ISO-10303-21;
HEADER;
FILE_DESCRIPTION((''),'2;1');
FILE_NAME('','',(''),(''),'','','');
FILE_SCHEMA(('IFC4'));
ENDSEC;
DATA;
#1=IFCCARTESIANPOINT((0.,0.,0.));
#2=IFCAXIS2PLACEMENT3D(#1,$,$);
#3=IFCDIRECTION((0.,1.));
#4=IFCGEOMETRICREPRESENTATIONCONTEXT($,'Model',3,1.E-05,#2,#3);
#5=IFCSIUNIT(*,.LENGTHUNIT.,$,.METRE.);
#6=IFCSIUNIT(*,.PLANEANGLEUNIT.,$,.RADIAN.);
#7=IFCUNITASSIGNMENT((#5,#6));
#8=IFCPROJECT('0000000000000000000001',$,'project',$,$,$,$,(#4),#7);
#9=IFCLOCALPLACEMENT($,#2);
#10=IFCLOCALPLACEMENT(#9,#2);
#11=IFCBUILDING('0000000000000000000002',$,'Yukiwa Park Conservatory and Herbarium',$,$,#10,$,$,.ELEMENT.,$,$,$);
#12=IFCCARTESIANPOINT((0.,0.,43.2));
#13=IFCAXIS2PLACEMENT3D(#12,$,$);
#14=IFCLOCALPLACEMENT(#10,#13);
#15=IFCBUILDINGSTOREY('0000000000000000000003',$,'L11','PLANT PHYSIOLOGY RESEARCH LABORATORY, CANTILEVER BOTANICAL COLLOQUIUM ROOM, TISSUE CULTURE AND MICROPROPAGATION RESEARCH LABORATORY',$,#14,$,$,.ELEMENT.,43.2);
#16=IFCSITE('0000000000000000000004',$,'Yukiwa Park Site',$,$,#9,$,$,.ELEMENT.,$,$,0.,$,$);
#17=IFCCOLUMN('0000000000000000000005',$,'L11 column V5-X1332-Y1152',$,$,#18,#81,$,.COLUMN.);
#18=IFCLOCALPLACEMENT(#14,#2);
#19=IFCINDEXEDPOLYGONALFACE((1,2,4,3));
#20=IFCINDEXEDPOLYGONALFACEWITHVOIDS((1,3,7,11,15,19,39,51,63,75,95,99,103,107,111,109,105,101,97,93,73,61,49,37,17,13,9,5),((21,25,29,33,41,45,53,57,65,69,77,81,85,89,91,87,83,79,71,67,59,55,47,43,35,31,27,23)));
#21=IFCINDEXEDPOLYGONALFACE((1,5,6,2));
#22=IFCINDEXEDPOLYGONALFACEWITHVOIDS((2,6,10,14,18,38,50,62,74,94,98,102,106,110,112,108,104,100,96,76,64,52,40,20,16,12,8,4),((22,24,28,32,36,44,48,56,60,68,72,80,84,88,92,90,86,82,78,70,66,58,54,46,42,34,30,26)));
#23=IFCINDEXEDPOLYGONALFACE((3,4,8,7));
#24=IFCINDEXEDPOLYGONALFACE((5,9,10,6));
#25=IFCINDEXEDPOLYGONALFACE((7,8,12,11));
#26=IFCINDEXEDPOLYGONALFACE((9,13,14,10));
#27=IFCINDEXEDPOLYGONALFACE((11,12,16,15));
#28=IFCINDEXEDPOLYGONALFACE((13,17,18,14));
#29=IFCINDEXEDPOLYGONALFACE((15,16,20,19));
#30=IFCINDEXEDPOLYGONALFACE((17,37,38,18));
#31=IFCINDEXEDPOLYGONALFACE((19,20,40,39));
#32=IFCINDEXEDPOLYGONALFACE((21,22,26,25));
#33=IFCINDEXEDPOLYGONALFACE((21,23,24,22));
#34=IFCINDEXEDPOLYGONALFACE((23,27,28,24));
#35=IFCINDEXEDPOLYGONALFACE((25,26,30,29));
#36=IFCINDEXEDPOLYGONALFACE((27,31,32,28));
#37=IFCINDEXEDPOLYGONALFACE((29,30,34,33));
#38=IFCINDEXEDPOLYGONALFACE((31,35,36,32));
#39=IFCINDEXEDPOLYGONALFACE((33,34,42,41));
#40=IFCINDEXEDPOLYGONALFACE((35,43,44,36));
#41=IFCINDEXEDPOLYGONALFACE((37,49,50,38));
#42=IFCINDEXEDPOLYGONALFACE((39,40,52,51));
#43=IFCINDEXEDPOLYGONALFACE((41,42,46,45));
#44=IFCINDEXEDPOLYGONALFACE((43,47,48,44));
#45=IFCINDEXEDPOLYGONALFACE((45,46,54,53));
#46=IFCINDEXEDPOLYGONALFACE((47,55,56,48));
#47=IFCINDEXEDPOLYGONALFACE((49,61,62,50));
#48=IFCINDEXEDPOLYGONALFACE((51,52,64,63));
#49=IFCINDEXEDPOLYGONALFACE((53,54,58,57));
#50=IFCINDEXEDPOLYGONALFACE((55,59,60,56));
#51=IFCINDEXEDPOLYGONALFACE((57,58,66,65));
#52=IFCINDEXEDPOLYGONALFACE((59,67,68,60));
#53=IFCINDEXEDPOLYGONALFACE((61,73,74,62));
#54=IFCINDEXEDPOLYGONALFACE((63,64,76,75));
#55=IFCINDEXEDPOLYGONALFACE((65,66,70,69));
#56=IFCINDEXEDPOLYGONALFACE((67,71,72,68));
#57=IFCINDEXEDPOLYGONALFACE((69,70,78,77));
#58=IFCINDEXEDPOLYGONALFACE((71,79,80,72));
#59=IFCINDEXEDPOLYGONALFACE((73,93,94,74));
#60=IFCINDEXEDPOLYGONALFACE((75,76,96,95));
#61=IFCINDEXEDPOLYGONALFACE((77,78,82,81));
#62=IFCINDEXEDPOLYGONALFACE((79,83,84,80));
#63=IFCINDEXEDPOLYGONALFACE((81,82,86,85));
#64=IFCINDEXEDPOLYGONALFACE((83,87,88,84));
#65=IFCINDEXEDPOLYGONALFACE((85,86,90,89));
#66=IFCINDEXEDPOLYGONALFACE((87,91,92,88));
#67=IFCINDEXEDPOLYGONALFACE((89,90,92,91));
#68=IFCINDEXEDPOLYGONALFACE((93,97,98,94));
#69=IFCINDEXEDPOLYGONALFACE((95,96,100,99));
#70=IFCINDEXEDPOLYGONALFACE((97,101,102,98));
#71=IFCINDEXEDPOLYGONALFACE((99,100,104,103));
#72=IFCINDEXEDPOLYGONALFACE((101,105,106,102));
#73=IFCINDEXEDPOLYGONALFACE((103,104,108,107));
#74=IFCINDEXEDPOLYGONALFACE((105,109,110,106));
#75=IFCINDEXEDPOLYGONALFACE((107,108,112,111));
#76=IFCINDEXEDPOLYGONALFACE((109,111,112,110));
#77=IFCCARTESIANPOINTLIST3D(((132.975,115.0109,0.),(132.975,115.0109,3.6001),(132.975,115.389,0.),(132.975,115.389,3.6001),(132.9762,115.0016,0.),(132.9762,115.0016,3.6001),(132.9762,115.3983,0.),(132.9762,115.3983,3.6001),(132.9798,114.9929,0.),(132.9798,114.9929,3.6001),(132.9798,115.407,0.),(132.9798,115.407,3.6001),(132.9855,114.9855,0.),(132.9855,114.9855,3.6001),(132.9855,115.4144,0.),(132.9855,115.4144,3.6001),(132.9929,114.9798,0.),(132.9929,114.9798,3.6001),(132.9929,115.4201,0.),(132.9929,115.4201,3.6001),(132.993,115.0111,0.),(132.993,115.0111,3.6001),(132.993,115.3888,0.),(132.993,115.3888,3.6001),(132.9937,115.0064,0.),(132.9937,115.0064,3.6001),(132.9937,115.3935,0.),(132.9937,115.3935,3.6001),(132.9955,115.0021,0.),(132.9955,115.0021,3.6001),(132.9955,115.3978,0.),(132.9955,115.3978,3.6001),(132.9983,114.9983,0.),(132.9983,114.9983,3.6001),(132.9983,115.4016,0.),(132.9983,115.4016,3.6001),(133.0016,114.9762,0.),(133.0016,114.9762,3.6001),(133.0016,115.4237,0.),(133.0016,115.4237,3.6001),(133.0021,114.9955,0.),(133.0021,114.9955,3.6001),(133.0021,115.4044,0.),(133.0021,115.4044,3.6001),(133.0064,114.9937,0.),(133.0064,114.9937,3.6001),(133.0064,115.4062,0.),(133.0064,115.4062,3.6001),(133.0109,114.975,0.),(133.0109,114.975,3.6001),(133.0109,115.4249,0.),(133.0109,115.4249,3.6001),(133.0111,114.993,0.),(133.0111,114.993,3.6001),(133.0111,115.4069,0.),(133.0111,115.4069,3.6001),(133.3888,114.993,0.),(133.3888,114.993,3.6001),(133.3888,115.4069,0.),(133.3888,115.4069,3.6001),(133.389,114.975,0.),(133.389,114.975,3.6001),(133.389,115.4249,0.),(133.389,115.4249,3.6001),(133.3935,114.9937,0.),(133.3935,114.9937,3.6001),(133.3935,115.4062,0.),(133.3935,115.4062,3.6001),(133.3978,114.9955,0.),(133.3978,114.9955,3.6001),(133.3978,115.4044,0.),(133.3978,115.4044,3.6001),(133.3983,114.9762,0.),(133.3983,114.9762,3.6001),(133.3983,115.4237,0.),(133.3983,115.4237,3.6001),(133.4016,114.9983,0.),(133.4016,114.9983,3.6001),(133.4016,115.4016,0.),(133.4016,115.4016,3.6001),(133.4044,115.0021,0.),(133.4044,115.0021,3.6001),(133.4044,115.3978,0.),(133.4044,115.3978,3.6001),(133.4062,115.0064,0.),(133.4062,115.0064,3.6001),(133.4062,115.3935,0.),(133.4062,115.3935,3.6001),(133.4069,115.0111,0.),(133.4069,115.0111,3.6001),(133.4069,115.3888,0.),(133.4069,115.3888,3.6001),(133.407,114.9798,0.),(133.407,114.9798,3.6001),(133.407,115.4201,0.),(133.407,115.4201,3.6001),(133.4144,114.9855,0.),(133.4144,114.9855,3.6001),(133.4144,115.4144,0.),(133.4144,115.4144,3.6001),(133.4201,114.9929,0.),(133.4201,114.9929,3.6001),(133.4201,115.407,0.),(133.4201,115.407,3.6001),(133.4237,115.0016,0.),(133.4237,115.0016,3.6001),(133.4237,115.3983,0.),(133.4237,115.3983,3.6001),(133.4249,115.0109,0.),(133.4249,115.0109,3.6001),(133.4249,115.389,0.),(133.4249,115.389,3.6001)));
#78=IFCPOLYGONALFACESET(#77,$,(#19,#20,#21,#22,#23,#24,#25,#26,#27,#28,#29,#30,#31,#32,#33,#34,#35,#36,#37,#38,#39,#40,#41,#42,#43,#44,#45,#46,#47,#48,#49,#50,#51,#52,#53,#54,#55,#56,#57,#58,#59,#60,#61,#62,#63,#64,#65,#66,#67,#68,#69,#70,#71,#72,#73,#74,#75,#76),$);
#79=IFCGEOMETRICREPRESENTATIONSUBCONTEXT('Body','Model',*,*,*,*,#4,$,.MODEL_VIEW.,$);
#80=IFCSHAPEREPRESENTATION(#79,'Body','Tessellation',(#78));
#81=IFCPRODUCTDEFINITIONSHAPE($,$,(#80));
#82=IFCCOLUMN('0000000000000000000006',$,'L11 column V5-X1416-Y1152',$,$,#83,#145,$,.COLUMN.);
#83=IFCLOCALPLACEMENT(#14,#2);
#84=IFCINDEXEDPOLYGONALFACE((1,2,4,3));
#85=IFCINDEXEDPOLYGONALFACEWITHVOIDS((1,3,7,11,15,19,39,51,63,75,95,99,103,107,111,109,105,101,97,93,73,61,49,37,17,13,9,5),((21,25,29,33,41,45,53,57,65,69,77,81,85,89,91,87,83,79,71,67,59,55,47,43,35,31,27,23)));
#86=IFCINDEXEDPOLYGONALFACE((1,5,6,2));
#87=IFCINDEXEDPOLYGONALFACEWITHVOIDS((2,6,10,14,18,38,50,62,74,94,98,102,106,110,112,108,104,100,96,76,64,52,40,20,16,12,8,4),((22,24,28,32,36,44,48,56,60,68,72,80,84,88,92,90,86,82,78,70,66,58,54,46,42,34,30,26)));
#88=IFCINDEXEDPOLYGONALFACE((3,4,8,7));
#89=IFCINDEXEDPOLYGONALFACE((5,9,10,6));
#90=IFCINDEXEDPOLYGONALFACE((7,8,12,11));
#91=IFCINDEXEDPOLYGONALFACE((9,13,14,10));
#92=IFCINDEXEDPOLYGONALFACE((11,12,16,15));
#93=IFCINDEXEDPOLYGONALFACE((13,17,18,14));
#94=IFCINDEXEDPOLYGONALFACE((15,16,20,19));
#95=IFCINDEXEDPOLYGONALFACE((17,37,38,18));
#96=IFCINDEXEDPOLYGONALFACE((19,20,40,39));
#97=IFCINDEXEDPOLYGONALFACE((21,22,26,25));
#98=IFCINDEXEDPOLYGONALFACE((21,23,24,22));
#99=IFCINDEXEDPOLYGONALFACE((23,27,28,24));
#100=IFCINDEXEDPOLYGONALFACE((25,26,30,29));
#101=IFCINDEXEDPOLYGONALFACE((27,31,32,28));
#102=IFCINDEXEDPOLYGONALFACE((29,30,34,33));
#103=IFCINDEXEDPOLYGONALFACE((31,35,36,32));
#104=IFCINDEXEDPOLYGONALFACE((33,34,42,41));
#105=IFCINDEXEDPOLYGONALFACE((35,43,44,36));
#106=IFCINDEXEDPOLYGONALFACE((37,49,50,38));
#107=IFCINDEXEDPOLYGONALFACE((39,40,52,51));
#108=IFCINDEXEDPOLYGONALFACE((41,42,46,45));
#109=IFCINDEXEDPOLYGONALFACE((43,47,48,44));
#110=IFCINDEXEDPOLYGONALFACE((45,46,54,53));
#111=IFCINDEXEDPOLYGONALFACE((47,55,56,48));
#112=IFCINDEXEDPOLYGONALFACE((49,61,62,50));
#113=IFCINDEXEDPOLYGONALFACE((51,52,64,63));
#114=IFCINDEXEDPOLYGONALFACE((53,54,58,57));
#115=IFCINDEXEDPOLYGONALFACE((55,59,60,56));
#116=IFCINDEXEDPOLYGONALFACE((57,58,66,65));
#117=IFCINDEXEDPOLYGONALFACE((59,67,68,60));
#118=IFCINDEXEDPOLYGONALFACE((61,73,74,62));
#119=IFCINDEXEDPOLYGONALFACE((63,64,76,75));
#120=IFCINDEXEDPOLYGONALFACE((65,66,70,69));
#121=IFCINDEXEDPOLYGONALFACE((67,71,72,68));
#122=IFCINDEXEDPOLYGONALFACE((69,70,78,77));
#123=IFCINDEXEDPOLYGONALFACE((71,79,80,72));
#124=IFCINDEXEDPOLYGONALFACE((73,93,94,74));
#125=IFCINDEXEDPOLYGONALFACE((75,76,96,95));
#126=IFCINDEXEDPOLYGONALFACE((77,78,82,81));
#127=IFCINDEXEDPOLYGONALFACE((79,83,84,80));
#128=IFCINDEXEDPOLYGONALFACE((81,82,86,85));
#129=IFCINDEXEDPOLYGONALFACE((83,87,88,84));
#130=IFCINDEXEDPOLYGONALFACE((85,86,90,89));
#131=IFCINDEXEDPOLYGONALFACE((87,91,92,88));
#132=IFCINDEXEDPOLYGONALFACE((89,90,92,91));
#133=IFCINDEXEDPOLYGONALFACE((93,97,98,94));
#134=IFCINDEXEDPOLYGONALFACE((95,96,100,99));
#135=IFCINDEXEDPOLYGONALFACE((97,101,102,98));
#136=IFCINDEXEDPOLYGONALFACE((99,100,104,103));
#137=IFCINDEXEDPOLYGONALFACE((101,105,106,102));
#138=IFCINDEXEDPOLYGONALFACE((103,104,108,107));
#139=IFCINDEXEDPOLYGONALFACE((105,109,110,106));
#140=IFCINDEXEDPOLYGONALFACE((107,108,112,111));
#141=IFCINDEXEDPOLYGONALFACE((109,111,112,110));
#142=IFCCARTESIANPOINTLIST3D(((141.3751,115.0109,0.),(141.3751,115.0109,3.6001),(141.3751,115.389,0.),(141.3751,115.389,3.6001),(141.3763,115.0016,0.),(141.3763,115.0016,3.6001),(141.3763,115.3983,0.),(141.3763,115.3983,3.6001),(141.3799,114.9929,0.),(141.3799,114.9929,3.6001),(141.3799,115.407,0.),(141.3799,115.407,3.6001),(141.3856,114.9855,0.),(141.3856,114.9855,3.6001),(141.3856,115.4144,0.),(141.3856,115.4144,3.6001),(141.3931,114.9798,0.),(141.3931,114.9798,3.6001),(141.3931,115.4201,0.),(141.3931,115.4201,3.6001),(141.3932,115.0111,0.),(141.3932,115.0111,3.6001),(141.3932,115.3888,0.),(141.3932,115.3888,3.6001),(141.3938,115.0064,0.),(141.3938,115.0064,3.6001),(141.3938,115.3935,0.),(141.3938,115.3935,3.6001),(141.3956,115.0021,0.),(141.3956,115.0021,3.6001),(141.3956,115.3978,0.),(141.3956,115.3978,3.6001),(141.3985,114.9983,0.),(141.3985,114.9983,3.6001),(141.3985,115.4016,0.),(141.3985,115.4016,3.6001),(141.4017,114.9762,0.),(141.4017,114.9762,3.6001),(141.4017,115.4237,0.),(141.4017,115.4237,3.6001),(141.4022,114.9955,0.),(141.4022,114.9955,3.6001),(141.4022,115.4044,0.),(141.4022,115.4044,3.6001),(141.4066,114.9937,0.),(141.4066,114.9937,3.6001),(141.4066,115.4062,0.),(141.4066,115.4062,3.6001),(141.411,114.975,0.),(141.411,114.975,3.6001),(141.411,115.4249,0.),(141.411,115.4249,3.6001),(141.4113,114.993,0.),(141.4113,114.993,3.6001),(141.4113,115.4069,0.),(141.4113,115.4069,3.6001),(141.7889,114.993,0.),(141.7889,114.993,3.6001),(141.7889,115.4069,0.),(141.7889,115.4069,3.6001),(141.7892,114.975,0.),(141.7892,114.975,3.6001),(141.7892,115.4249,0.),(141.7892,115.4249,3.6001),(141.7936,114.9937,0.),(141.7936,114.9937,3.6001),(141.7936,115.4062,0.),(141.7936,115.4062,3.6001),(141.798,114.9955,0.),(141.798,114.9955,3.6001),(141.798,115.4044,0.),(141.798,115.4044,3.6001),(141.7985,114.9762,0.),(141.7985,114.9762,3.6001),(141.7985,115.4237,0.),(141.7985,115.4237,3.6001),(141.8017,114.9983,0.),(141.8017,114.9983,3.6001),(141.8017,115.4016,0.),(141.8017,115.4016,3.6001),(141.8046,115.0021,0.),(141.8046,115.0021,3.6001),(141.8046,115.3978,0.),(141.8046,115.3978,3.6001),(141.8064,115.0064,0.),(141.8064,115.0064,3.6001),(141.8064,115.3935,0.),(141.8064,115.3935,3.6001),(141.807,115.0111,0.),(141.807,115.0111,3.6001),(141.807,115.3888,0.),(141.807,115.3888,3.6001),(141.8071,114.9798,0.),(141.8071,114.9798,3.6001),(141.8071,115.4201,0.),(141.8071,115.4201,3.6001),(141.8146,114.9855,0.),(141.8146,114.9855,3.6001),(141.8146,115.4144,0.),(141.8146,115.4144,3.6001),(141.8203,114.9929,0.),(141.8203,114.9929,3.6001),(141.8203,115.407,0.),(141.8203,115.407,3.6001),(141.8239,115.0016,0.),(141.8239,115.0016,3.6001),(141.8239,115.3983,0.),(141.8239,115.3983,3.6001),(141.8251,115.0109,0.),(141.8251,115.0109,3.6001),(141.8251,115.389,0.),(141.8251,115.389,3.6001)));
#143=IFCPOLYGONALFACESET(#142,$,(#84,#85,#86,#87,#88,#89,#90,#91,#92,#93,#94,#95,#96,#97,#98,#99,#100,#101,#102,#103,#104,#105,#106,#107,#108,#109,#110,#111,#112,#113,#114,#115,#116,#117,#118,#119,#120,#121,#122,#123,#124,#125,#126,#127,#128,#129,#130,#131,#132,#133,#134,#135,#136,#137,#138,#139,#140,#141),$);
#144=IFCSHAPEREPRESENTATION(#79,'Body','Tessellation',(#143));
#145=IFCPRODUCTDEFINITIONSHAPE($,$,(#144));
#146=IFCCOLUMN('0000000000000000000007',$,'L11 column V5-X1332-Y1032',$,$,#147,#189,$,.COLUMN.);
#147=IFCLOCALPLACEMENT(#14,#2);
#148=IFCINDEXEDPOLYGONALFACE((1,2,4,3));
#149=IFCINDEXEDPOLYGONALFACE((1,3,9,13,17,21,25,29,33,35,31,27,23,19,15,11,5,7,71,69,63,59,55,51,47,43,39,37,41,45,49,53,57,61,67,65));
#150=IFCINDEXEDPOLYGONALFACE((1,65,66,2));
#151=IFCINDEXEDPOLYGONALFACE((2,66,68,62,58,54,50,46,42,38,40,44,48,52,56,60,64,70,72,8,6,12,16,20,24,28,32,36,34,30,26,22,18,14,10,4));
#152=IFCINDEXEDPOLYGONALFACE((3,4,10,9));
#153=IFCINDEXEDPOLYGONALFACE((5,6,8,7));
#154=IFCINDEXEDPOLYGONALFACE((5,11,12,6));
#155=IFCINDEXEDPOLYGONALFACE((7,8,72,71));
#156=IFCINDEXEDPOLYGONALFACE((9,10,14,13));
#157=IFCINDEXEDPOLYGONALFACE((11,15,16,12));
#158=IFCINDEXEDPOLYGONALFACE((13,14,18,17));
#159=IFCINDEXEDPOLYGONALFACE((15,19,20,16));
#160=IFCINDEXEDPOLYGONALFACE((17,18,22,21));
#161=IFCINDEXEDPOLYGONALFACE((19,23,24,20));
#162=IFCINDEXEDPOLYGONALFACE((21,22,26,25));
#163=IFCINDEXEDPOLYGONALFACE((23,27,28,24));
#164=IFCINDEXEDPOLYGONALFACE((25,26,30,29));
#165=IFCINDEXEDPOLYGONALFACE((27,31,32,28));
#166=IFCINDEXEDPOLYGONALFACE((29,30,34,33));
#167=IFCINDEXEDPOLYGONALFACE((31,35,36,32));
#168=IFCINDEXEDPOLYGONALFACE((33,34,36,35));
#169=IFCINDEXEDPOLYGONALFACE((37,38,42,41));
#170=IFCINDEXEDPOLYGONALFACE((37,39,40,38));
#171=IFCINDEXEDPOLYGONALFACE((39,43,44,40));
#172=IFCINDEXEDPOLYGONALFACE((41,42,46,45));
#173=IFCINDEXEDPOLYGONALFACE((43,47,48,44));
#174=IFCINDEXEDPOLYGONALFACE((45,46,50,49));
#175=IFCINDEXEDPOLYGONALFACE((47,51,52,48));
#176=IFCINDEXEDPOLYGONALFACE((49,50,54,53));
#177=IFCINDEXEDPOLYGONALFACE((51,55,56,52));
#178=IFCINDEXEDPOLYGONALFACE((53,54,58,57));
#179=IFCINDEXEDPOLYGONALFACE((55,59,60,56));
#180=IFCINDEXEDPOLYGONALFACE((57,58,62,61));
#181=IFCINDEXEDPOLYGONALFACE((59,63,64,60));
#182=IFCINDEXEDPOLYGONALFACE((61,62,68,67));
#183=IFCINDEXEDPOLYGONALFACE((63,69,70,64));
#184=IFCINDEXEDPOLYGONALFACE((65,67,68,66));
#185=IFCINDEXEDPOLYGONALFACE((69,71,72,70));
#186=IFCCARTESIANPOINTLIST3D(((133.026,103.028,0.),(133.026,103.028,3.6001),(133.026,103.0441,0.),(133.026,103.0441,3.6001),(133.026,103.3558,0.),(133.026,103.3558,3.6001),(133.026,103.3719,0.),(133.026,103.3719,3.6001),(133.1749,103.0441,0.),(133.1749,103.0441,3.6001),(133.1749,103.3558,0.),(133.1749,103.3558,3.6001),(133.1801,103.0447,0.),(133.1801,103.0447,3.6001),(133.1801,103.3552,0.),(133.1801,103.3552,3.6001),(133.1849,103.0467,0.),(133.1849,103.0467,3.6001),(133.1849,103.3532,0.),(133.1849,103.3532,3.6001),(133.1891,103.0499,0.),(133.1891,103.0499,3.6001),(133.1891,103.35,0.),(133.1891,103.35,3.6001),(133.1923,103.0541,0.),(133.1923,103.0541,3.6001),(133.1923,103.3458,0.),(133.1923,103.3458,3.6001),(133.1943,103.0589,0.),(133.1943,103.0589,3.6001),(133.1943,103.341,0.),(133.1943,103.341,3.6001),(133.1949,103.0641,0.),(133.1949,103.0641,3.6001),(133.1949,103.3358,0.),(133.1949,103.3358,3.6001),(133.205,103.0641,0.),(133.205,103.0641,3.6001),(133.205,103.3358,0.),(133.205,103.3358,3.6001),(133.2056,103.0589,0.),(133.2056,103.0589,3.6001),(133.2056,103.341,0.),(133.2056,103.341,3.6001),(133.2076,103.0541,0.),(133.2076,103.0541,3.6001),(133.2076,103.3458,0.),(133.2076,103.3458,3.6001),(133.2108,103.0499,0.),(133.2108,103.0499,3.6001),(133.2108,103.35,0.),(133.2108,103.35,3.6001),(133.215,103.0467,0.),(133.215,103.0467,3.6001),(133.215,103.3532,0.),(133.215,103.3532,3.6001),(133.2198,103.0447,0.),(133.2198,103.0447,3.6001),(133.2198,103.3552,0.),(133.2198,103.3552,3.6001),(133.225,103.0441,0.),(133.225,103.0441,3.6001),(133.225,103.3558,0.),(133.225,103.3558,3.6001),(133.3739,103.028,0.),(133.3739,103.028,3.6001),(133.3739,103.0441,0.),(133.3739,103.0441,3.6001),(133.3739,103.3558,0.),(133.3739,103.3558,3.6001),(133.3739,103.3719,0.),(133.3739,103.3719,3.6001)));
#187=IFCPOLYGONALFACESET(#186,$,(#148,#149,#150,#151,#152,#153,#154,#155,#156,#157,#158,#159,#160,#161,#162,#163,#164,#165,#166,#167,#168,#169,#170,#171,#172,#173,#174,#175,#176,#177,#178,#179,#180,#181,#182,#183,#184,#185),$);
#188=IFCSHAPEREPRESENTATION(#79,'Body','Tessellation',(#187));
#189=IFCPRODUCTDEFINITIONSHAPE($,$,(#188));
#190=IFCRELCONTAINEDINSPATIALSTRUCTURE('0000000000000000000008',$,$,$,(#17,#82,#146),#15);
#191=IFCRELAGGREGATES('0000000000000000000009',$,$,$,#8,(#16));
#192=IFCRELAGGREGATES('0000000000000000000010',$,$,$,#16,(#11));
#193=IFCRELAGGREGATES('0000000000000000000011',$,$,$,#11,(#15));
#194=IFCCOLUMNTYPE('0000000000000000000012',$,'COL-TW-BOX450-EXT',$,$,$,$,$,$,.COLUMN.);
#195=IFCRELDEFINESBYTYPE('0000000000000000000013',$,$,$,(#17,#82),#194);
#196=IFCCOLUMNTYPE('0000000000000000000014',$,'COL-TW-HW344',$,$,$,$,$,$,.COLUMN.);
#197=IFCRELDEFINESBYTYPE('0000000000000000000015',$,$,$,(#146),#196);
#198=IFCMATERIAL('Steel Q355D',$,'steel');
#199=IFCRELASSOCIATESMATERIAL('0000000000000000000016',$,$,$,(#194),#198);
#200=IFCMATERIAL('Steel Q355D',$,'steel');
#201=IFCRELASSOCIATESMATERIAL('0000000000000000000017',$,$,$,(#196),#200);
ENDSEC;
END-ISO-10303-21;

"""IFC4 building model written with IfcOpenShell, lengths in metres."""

from ifc_helpers import new_model, si_unit, direction, frame, origin, origin_2d, place, context, subcontext, project, spatial, hollow_rectangle, i_section, extrude, material, material_profile, profile_set, type_object, element, save


model = new_model("IFC4")

# Units and contexts
model_context = context("Model", 3, precision=1e-05, world=origin(), true_north=direction((0.0, 1.0)))
body_context = subcontext(model_context, "Body", "Model", "MODEL_VIEW")
ifc_project = project(units=[si_unit("LENGTHUNIT", "METRE"), si_unit("PLANEANGLEUNIT", "RADIAN")], contexts=[model_context])

# Site, building, storey
site_placement = place(None, origin())
site = spatial("IfcSite", under=ifc_project, at=site_placement, Name="Yukiwa Park Site", CompositionType="ELEMENT", RefElevation=0.0)
building_placement = place(site_placement, origin())
building = spatial("IfcBuilding", under=site, at=building_placement, Name="Yukiwa Park Conservatory and Herbarium", CompositionType="ELEMENT")
storey_placement = place(building_placement, frame((0.0, 0.0, 43.2)))
storey = spatial("IfcBuildingStorey", under=building, at=storey_placement, Name="L11", Description="PLANT PHYSIOLOGY RESEARCH LABORATORY, CANTILEVER BOTANICAL COLLOQUIUM ROOM, TISSUE CULTURE AND MICROPROPAGATION RESEARCH LABORATORY", CompositionType="ELEMENT", Elevation=43.2)

# Columns
ifc_material_1 = material(Name="Steel Q355D", Category="steel")
ifc_material_profile_1 = material_profile(ifc_material_1, hollow_rectangle(XDim=0.45, YDim=0.45, WallThickness=0.0181, InnerFilletRadius=0.0181, OuterFilletRadius=0.0359, at=origin_2d()), Name="BOX 450x450x18")
ifc_profile_set_1 = profile_set([ifc_material_profile_1], Name="Steel Q355D")
column_type_1 = type_object("IfcColumnType", Name="COL-TW-BOX450-EXT", PredefinedType="COLUMN", material=ifc_profile_set_1)
for number, where, z_axis, x_axis, name in (
    (1, (133.2, 115.2, 0.0), (0.0, 0.0, 1.0), (1.0, 0.0, 0.0), "L11 column V5-X1332-Y1152"),
    (2, (141.6001, 115.2, 0.0), (0.0, 0.0, 1.0), (1.0, 0.0, 0.0), "L11 column V5-X1416-Y1152"),
):
    element("IfcColumn", number, at=place(storey_placement, frame(where, z_axis=z_axis, x_axis=x_axis)), inside=storey, type_object=column_type_1, Name=name, PredefinedType="COLUMN", context=body_context, shape_type="SweptSolid", body=[
        extrude(hollow_rectangle(XDim=0.45, YDim=0.45, WallThickness=0.0181, InnerFilletRadius=0.0181, OuterFilletRadius=0.0359, at=origin_2d()), origin(), (0.0, 0.0, 1.0), 3.6001),
    ])
ifc_material_2 = material(Name="Steel Q355D", Category="steel")
ifc_material_profile_2 = material_profile(ifc_material_2, i_section(OverallWidth=0.3479, OverallDepth=0.344, WebThickness=0.01, FlangeThickness=0.0161, FilletRadius=0.02, at=origin_2d()), Name="HW 344x348x10x16")
ifc_profile_set_2 = profile_set([ifc_material_profile_2], Name="Steel Q355D")
column_type_2 = type_object("IfcColumnType", Name="COL-TW-HW344", PredefinedType="COLUMN", material=ifc_profile_set_2)
for number, where, z_axis, x_axis, name in (
    (3, (133.2, 103.2, 0.0), (0.0, 0.0, 1.0), (1.0, 0.0, 0.0), "L11 column V5-X1332-Y1032"),
):
    element("IfcColumn", number, at=place(storey_placement, frame(where, z_axis=z_axis, x_axis=x_axis)), inside=storey, type_object=column_type_2, Name=name, PredefinedType="COLUMN", context=body_context, shape_type="SweptSolid", body=[
        extrude(i_section(OverallWidth=0.3479, OverallDepth=0.344, WebThickness=0.01, FlangeThickness=0.0161, FilletRadius=0.02, at=origin_2d()), origin(), (0.0, 0.0, 1.0), 3.6001),
    ])

save(model, "model.ifc")
